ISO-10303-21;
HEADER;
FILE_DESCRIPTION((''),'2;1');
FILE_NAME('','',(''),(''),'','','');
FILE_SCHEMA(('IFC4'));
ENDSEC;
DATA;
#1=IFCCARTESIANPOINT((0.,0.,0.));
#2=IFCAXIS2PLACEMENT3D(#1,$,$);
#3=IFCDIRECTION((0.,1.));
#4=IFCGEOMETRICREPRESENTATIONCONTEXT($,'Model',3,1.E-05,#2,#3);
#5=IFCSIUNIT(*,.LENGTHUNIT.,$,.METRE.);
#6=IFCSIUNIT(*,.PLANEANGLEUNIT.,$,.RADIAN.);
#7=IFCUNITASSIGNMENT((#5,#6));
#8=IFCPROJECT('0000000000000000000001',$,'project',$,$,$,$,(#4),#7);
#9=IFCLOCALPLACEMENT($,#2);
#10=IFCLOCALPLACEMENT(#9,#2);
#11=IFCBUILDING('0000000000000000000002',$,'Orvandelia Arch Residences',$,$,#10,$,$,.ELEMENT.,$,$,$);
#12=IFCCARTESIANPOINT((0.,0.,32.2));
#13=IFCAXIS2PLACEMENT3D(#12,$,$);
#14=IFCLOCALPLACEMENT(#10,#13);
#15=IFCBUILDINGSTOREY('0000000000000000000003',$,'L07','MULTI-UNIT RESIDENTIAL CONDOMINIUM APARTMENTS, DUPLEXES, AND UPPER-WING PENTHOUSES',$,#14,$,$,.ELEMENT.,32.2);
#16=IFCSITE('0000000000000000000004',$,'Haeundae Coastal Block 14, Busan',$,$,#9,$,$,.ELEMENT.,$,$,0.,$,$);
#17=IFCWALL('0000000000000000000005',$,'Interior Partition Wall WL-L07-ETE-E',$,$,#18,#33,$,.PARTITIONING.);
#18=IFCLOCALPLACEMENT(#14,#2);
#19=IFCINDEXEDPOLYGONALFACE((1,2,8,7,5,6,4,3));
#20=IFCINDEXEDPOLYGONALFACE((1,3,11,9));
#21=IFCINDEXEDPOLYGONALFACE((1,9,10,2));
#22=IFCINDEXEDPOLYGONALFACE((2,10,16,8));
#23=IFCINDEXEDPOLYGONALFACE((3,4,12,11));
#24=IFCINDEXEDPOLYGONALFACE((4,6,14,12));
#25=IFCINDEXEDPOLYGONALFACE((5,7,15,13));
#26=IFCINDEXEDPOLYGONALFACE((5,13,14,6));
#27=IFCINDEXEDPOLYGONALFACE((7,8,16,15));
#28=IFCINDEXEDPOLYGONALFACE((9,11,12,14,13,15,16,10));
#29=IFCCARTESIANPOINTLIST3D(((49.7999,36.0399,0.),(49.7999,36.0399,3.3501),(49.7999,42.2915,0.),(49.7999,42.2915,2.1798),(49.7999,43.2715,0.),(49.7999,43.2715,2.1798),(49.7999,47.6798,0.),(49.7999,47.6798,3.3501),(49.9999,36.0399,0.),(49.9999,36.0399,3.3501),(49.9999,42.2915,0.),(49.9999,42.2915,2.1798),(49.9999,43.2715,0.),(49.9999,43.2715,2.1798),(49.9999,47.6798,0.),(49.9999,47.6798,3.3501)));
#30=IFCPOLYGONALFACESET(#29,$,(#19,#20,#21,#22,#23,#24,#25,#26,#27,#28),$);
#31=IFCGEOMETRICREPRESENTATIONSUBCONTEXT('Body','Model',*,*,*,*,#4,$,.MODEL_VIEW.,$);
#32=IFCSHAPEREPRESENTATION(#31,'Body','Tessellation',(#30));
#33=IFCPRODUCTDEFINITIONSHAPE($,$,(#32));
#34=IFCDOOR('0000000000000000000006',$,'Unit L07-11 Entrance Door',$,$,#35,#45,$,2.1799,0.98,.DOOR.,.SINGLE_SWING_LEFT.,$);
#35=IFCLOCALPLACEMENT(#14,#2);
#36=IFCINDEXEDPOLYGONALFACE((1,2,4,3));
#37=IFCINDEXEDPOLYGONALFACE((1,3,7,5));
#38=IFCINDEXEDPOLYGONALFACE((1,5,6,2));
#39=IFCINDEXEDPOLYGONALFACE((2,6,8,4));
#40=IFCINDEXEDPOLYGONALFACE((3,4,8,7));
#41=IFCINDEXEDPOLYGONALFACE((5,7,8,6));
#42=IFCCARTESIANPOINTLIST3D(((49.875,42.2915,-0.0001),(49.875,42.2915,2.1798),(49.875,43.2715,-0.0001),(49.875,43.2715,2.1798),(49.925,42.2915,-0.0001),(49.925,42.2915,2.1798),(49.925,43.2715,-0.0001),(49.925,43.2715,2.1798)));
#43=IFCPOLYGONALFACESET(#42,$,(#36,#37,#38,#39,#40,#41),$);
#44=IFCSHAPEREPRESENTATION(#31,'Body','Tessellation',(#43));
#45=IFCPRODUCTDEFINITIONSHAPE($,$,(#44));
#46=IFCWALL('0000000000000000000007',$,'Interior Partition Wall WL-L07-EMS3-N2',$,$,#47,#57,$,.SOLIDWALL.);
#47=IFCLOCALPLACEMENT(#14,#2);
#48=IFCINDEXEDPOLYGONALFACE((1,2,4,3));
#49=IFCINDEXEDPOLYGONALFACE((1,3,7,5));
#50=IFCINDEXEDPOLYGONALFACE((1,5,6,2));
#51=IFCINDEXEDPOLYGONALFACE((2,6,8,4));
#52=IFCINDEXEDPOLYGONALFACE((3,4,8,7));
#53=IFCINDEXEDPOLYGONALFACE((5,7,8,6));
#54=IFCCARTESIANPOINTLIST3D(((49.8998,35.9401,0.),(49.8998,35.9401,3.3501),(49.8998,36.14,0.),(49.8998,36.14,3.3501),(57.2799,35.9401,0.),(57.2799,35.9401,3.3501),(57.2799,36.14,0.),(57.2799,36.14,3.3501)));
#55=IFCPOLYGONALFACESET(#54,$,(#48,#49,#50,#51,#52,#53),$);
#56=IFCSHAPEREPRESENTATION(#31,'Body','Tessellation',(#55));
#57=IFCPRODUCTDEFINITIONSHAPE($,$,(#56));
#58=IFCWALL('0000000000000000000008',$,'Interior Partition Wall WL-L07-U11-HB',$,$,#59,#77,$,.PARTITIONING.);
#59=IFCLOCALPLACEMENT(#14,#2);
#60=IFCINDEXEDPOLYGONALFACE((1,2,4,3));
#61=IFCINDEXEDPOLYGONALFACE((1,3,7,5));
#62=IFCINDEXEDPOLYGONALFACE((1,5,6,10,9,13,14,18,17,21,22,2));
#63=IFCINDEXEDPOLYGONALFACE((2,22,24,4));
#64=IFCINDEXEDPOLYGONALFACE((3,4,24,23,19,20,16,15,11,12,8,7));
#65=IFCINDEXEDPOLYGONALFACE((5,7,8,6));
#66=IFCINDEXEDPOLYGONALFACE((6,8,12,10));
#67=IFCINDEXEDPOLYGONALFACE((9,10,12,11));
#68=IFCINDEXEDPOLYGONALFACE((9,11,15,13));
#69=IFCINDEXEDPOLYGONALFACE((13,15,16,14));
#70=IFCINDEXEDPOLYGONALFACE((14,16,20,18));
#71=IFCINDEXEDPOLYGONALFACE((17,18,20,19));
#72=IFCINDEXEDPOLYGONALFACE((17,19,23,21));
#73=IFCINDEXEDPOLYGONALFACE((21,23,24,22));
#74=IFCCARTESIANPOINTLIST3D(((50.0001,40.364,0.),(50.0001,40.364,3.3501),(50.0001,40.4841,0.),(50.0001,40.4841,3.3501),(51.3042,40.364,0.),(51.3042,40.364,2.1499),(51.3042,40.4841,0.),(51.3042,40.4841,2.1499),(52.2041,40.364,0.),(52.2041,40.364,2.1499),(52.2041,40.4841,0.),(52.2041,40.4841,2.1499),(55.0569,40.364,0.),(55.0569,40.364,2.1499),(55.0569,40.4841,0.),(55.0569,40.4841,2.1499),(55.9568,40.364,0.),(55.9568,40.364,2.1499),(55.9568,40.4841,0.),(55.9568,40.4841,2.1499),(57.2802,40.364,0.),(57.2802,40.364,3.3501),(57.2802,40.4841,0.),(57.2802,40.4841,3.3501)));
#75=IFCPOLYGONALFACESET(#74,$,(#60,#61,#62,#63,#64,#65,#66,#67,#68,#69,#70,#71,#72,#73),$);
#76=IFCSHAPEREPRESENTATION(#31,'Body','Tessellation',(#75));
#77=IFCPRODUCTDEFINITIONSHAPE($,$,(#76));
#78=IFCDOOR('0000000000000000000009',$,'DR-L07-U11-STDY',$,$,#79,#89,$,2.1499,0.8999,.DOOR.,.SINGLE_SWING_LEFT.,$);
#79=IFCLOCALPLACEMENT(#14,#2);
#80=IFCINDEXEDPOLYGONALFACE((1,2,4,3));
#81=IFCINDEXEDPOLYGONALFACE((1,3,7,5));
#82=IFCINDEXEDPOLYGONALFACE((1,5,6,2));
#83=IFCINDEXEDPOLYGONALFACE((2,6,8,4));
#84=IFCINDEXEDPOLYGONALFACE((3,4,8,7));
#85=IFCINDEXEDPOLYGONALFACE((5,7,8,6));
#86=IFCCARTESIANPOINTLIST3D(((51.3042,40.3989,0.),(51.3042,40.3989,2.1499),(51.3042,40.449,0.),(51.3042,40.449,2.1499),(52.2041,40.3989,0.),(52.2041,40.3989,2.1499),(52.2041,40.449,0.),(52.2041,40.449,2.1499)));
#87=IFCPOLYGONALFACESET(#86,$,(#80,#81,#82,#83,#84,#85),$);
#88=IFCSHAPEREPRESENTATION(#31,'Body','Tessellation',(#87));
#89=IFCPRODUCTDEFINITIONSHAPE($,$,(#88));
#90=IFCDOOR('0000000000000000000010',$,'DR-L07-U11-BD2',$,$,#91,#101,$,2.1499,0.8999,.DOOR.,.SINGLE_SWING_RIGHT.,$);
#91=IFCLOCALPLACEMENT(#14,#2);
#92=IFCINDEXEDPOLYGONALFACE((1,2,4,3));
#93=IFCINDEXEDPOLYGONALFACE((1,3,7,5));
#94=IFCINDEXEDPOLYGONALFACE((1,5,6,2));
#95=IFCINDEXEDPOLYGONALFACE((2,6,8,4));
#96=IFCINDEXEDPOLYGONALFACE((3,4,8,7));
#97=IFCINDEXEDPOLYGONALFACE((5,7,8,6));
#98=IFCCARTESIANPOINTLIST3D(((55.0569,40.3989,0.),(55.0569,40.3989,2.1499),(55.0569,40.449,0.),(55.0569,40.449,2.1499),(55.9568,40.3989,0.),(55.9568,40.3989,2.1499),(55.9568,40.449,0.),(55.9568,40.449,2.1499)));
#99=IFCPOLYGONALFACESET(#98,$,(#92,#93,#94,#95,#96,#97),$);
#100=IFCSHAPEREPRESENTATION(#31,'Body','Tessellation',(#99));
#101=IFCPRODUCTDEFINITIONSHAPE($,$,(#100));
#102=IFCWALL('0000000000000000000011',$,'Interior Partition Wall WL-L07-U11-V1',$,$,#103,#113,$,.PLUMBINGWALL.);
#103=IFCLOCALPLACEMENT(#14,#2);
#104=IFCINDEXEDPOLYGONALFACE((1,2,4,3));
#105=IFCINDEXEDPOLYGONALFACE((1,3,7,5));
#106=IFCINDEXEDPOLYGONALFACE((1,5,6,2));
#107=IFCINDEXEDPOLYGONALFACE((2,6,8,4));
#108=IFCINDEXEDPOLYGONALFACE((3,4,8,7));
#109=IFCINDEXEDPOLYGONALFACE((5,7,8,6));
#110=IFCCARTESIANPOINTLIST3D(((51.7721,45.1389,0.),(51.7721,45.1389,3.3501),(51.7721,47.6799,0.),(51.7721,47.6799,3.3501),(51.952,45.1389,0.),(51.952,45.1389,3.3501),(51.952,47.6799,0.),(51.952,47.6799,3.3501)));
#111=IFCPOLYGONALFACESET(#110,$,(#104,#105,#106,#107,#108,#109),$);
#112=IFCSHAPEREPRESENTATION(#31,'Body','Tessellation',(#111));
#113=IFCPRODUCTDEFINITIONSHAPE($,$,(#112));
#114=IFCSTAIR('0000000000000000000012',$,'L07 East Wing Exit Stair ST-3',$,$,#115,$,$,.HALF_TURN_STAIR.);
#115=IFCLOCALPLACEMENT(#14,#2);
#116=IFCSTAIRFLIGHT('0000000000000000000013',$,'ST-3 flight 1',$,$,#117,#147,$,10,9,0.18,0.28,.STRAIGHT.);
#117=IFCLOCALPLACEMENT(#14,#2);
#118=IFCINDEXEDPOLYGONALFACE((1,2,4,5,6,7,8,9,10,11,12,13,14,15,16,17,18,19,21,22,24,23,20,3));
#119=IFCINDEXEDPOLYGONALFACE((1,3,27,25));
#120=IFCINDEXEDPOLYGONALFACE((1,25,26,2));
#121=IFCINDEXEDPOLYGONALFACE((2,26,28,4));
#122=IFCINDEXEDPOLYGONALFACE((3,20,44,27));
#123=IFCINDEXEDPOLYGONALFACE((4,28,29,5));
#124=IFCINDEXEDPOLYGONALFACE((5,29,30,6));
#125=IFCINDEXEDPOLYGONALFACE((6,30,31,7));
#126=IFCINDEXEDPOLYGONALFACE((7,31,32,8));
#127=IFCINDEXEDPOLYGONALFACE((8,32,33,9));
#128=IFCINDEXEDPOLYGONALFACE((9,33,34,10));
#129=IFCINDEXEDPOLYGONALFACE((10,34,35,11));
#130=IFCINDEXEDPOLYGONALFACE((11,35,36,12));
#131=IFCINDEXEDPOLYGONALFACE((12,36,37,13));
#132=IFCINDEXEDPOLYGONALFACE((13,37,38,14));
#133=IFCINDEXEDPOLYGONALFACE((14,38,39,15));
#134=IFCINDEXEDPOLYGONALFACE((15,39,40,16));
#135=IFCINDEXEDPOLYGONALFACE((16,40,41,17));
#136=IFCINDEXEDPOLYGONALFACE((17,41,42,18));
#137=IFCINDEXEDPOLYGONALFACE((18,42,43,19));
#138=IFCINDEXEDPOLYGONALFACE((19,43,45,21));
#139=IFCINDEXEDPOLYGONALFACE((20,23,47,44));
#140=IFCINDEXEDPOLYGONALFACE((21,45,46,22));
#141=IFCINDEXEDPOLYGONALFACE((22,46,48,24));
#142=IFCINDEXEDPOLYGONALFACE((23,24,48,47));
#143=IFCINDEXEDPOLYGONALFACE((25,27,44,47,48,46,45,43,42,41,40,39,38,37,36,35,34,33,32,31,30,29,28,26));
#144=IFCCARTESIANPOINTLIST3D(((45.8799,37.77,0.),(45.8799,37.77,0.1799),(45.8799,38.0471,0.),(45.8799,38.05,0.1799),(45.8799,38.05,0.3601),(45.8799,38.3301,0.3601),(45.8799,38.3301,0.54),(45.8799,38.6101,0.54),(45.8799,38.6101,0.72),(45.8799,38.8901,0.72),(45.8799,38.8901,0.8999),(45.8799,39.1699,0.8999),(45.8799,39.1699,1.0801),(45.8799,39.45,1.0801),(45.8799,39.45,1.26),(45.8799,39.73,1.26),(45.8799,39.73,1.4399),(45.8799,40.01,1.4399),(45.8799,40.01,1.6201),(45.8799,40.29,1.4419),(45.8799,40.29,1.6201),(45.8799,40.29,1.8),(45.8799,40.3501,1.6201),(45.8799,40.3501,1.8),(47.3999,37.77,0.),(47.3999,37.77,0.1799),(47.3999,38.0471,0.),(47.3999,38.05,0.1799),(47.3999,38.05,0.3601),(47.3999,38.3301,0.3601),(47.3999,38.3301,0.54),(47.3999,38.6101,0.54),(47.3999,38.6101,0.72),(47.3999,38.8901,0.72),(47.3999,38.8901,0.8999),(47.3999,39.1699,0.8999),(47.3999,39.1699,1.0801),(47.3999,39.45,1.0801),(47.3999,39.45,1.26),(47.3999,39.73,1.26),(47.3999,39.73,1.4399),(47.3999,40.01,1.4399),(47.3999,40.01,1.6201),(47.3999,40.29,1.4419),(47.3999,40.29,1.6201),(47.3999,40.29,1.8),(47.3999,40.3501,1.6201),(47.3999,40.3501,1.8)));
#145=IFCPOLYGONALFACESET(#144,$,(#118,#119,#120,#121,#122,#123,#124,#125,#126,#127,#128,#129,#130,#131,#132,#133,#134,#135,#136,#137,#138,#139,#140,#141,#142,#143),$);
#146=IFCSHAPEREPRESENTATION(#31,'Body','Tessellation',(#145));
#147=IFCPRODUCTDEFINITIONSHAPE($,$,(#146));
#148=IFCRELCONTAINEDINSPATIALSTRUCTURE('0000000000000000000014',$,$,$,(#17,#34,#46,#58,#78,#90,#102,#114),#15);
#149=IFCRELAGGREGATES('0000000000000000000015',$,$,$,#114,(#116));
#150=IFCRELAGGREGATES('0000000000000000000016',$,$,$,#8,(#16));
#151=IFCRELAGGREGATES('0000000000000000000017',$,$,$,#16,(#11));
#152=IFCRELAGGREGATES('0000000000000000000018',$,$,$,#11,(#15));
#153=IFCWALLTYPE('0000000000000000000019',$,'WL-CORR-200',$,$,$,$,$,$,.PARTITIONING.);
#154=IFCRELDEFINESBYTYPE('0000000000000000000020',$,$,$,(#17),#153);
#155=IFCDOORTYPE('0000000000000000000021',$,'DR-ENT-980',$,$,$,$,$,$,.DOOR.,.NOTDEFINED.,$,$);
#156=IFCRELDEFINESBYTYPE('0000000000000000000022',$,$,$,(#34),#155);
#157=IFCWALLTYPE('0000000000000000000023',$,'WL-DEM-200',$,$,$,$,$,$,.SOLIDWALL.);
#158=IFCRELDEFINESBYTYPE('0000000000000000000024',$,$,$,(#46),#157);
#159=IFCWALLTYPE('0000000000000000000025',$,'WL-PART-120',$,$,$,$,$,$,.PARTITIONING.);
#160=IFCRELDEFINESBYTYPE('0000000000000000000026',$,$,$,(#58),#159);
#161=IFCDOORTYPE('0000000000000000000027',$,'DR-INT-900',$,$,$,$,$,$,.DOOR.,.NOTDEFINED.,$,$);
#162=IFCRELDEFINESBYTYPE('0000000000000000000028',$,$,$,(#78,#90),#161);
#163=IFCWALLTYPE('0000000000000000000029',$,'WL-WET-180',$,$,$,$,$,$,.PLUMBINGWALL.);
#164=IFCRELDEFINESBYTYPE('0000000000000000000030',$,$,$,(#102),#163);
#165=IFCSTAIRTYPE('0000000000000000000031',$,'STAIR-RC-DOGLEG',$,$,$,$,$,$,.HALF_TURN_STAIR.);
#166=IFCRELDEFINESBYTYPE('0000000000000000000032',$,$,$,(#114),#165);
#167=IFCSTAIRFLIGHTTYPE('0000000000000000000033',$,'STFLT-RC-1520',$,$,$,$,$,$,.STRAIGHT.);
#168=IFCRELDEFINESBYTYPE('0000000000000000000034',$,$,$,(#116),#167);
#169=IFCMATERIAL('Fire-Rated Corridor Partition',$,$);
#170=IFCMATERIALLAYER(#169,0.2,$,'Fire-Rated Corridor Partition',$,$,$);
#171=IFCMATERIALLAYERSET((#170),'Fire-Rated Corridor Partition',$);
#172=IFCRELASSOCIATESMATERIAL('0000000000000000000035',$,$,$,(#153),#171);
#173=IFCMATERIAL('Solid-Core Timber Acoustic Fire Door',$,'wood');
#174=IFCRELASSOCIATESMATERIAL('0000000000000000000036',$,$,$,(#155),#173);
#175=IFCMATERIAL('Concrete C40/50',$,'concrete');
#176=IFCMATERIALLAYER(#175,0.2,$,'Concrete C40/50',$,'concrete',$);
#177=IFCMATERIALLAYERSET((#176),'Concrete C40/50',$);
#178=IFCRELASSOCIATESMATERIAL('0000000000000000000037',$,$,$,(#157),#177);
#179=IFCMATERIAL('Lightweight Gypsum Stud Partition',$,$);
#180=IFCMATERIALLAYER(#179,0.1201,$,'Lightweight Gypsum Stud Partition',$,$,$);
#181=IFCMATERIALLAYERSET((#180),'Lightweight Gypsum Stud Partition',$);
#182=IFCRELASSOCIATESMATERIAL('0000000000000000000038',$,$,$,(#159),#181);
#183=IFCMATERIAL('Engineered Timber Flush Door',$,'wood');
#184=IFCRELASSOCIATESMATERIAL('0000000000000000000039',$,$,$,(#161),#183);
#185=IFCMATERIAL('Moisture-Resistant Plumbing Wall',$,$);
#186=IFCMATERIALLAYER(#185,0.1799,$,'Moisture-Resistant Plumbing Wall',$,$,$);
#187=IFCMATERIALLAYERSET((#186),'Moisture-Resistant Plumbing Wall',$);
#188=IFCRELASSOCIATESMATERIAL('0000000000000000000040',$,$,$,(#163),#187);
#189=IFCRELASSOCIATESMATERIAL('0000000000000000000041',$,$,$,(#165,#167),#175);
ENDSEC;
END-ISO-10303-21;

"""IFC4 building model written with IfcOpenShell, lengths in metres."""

from ifc_helpers import new_model, si_unit, direction, frame, frame_2d, origin, place, context, subcontext, project, spatial, polyline, rectangle, outline, extrude, material, layer, layer_set, type_object, element, fill, aggregate, save


model = new_model("IFC4")

# Units and contexts
model_context = context("Model", 3, precision=1e-05, world=origin(), true_north=direction((0.0, 1.0)))
body_context = subcontext(model_context, "Body", "Model", "MODEL_VIEW")
ifc_project = project(units=[si_unit("LENGTHUNIT", "METRE"), si_unit("PLANEANGLEUNIT", "RADIAN")], contexts=[model_context])

# Site, building, storey
site_placement = place(None, origin())
site = spatial("IfcSite", under=ifc_project, at=site_placement, Name="Haeundae Coastal Block 14, Busan", CompositionType="ELEMENT", RefElevation=0.0)
building_placement = place(site_placement, origin())
building = spatial("IfcBuilding", under=site, at=building_placement, Name="Orvandelia Arch Residences", CompositionType="ELEMENT")
storey_placement = place(building_placement, frame((0.0, 0.0, 32.2)))
storey = spatial("IfcBuildingStorey", under=building, at=storey_placement, Name="L07", Description="MULTI-UNIT RESIDENTIAL CONDOMINIUM APARTMENTS, DUPLEXES, AND UPPER-WING PENTHOUSES", CompositionType="ELEMENT", Elevation=32.2)

# Wall, opening, door
ifc_material_1 = material(Name="Fire-Rated Corridor Partition")
ifc_layer_1 = layer(ifc_material_1, 0.2, Name="Fire-Rated Corridor Partition")
ifc_layer_set_1 = layer_set([ifc_layer_1], Name="Fire-Rated Corridor Partition")
wall_type_1 = type_object("IfcWallType", Name="WL-CORR-200", PredefinedType="PARTITIONING", material=ifc_layer_set_1)
wall_1_placement = place(storey_placement, frame((49.8999, 36.04, 0.0), z_axis=(0.0, 0.0, 1.0), x_axis=(0.0, 1.0, 0.0)))
wall_1 = element("IfcWall", 1, at=wall_1_placement, inside=storey, type_object=wall_type_1, Name="Interior Partition Wall WL-L07-ETE-E", PredefinedType="PARTITIONING", context=body_context, shape_type="SweptSolid", body=[
    extrude(rectangle(XDim=11.6399, YDim=0.2, at=frame_2d((5.8198, 0.0))), origin(), (0.0, 0.0, 1.0), 3.3501),
])
opening_1_placement = place(wall_1_placement, frame((6.2515, 0.0, 0.0)))
opening_1 = element("IfcOpeningElement", 2, at=opening_1_placement, cuts=wall_1, PredefinedType="OPENING", context=body_context, shape_type="SweptSolid", body=[
    extrude(rectangle(XDim=0.98, YDim=2.1799, at=frame_2d((0.49, 1.0898))), frame((0.0, 0.1099, 0.0), z_axis=(0.0, -1.0, 0.0), x_axis=(1.0, 0.0, 0.0)), (0.0, 0.0, 1.0), 0.22),
])
ifc_material_2 = material(Name="Solid-Core Timber Acoustic Fire Door", Category="wood")
door_type_1 = type_object("IfcDoorType", Name="DR-ENT-980", OperationType="NOTDEFINED", PredefinedType="DOOR", material=ifc_material_2)
door_1_placement = place(opening_1_placement, origin())
door_1 = element("IfcDoor", 3, at=door_1_placement, inside=storey, type_object=door_type_1, Name="Unit L07-11 Entrance Door", OperationType="SINGLE_SWING_LEFT", OverallHeight=2.1799, OverallWidth=0.98, PredefinedType="DOOR", context=body_context, shape_type="SweptSolid", body=[
    extrude(rectangle(XDim=0.98, YDim=2.1799, at=frame_2d((0.49, 1.0898))), frame((0.0, 0.0249, 0.0), z_axis=(0.0, -1.0, 0.0), x_axis=(1.0, 0.0, 0.0)), (0.0, 0.0, 1.0), 0.05),
])
fill(opening_1, door_1)

# Wall
ifc_material_3 = material(Name="Concrete C40/50", Category="concrete")
ifc_layer_2 = layer(ifc_material_3, 0.2, Name="Concrete C40/50", Category="concrete")
ifc_layer_set_2 = layer_set([ifc_layer_2], Name="Concrete C40/50")
wall_type_2 = type_object("IfcWallType", Name="WL-DEM-200", PredefinedType="SOLIDWALL", material=ifc_layer_set_2)
wall_2_placement = place(storey_placement, frame((49.8999, 36.04, 0.0), z_axis=(0.0, 0.0, 1.0), x_axis=(1.0, 0.0, 0.0)))
element("IfcWall", 4, at=wall_2_placement, inside=storey, type_object=wall_type_2, Name="Interior Partition Wall WL-L07-EMS3-N2", PredefinedType="SOLIDWALL", context=body_context, shape_type="SweptSolid", body=[
    extrude(rectangle(XDim=7.3801, YDim=0.2, at=frame_2d((3.6899, 0.0))), origin(), (0.0, 0.0, 1.0), 3.3501),
])

# Wall, openings, doors
ifc_material_4 = material(Name="Lightweight Gypsum Stud Partition")
ifc_layer_3 = layer(ifc_material_4, 0.1201, Name="Lightweight Gypsum Stud Partition")
ifc_layer_set_3 = layer_set([ifc_layer_3], Name="Lightweight Gypsum Stud Partition")
wall_type_3 = type_object("IfcWallType", Name="WL-PART-120", PredefinedType="PARTITIONING", material=ifc_layer_set_3)
wall_3_placement = place(storey_placement, frame((50.0, 40.4241, 0.0), z_axis=(0.0, 0.0, 1.0), x_axis=(1.0, 0.0, 0.0)))
wall_3 = element("IfcWall", 5, at=wall_3_placement, inside=storey, type_object=wall_type_3, Name="Interior Partition Wall WL-L07-U11-HB", PredefinedType="PARTITIONING", context=body_context, shape_type="SweptSolid", body=[
    extrude(rectangle(XDim=7.28, YDim=0.1201, at=frame_2d((3.6401, 0.0))), origin(), (0.0, 0.0, 1.0), 3.3501),
])
opening_2_placement = place(wall_3_placement, frame((1.3042, 0.0, 0.0)))
opening_2 = element("IfcOpeningElement", 6, at=opening_2_placement, cuts=wall_3, PredefinedType="OPENING", context=body_context, shape_type="SweptSolid", body=[
    extrude(rectangle(XDim=0.8999, YDim=2.1499, at=frame_2d((0.45, 1.075))), frame((0.0, 0.0701, 0.0), z_axis=(0.0, -1.0, 0.0), x_axis=(1.0, 0.0, 0.0)), (0.0, 0.0, 1.0), 0.1401),
])
opening_3_placement = place(wall_3_placement, frame((5.0569, 0.0, 0.0)))
opening_3 = element("IfcOpeningElement", 7, at=opening_3_placement, cuts=wall_3, PredefinedType="OPENING", context=body_context, shape_type="SweptSolid", body=[
    extrude(rectangle(XDim=0.8999, YDim=2.1499, at=frame_2d((0.45, 1.075))), frame((0.0, 0.0701, 0.0), z_axis=(0.0, -1.0, 0.0), x_axis=(1.0, 0.0, 0.0)), (0.0, 0.0, 1.0), 0.1401),
])
ifc_material_5 = material(Name="Engineered Timber Flush Door", Category="wood")
door_type_2 = type_object("IfcDoorType", Name="DR-INT-900", OperationType="NOTDEFINED", PredefinedType="DOOR", material=ifc_material_5)
door_2_placement = place(opening_2_placement, origin())
door_2 = element("IfcDoor", 8, at=door_2_placement, inside=storey, type_object=door_type_2, Name="DR-L07-U11-STDY", OperationType="SINGLE_SWING_LEFT", OverallHeight=2.1499, OverallWidth=0.8999, PredefinedType="DOOR", context=body_context, shape_type="SweptSolid", body=[
    extrude(rectangle(XDim=0.8999, YDim=2.1499, at=frame_2d((0.45, 1.075))), frame((0.0, 0.0249, 0.0), z_axis=(0.0, -1.0, 0.0), x_axis=(1.0, 0.0, 0.0)), (0.0, 0.0, 1.0), 0.05),
])
fill(opening_2, door_2)
door_3_placement = place(opening_3_placement, origin())
door_3 = element("IfcDoor", 9, at=door_3_placement, inside=storey, type_object=door_type_2, Name="DR-L07-U11-BD2", OperationType="SINGLE_SWING_RIGHT", OverallHeight=2.1499, OverallWidth=0.8999, PredefinedType="DOOR", context=body_context, shape_type="SweptSolid", body=[
    extrude(rectangle(XDim=0.8999, YDim=2.1499, at=frame_2d((0.45, 1.075))), frame((0.0, 0.0249, 0.0), z_axis=(0.0, -1.0, 0.0), x_axis=(1.0, 0.0, 0.0)), (0.0, 0.0, 1.0), 0.05),
])
fill(opening_3, door_3)
ifc_material_6 = material(Name="Moisture-Resistant Plumbing Wall")
ifc_layer_4 = layer(ifc_material_6, 0.1799, Name="Moisture-Resistant Plumbing Wall")
ifc_layer_set_4 = layer_set([ifc_layer_4], Name="Moisture-Resistant Plumbing Wall")
wall_type_4 = type_object("IfcWallType", Name="WL-WET-180", PredefinedType="PLUMBINGWALL", material=ifc_layer_set_4)

# Wall
wall_4_placement = place(storey_placement, frame((51.8621, 45.1389, 0.0), z_axis=(0.0, 0.0, 1.0), x_axis=(0.0, 1.0, 0.0)))
element("IfcWall", 10, at=wall_4_placement, inside=storey, type_object=wall_type_4, Name="Interior Partition Wall WL-L07-U11-V1", PredefinedType="PLUMBINGWALL", context=body_context, shape_type="SweptSolid", body=[
    extrude(rectangle(XDim=2.541, YDim=0.1799, at=frame_2d((1.2705, 0.0))), origin(), (0.0, 0.0, 1.0), 3.3501),
])

# Stair, stair flight
stair_type = type_object("IfcStairType", Name="STAIR-RC-DOGLEG", PredefinedType="HALF_TURN_STAIR", material=ifc_material_3)
stair_placement = place(storey_placement, origin())
stair = element("IfcStair", 11, at=stair_placement, inside=storey, type_object=stair_type, Name="L07 East Wing Exit Stair ST-3", PredefinedType="HALF_TURN_STAIR")
stair_flight_type = type_object("IfcStairFlightType", Name="STFLT-RC-1520", PredefinedType="STRAIGHT", material=ifc_material_3)
stair_flight_placement = place(storey_placement, frame((46.6399, 37.77, 0.0), z_axis=(0.0, 0.0, 1.0), x_axis=(0.0, 1.0, 0.0)))
stair_flight = element("IfcStairFlight", 12, at=stair_flight_placement, type_object=stair_flight_type, Name="ST-3 flight 1", NumberOfRisers=10, NumberOfTreads=9, PredefinedType="STRAIGHT", RiserHeight=0.18, TreadLength=0.28, context=body_context, shape_type="SweptSolid", body=[
    extrude(outline(polyline([(0.0, 0.0), (0.0, 0.1799), (0.28, 0.1799), (0.28, 0.3601), (0.5601, 0.3601), (0.5601, 0.54), (0.8401, 0.54), (0.8401, 0.72), (1.1201, 0.72), (1.1201, 0.8999), (1.3999, 0.8999), (1.3999, 1.0801), (1.6799, 1.0801), (1.6799, 1.26), (1.96, 1.26), (1.96, 1.4399), (2.24, 1.4399), (2.24, 1.6201), (2.52, 1.6201), (2.52, 1.8), (2.5801, 1.8), (2.5801, 1.6201), (2.52, 1.4419), (0.2771, 0.0), (0.0, 0.0)])), frame((0.0, 0.76, 0.0), z_axis=(0.0, -1.0, 0.0), x_axis=(1.0, 0.0, 0.0)), (0.0, 0.0, 1.0), 1.52),
])
aggregate(stair, [stair_flight])

save(model, "model.ifc")
